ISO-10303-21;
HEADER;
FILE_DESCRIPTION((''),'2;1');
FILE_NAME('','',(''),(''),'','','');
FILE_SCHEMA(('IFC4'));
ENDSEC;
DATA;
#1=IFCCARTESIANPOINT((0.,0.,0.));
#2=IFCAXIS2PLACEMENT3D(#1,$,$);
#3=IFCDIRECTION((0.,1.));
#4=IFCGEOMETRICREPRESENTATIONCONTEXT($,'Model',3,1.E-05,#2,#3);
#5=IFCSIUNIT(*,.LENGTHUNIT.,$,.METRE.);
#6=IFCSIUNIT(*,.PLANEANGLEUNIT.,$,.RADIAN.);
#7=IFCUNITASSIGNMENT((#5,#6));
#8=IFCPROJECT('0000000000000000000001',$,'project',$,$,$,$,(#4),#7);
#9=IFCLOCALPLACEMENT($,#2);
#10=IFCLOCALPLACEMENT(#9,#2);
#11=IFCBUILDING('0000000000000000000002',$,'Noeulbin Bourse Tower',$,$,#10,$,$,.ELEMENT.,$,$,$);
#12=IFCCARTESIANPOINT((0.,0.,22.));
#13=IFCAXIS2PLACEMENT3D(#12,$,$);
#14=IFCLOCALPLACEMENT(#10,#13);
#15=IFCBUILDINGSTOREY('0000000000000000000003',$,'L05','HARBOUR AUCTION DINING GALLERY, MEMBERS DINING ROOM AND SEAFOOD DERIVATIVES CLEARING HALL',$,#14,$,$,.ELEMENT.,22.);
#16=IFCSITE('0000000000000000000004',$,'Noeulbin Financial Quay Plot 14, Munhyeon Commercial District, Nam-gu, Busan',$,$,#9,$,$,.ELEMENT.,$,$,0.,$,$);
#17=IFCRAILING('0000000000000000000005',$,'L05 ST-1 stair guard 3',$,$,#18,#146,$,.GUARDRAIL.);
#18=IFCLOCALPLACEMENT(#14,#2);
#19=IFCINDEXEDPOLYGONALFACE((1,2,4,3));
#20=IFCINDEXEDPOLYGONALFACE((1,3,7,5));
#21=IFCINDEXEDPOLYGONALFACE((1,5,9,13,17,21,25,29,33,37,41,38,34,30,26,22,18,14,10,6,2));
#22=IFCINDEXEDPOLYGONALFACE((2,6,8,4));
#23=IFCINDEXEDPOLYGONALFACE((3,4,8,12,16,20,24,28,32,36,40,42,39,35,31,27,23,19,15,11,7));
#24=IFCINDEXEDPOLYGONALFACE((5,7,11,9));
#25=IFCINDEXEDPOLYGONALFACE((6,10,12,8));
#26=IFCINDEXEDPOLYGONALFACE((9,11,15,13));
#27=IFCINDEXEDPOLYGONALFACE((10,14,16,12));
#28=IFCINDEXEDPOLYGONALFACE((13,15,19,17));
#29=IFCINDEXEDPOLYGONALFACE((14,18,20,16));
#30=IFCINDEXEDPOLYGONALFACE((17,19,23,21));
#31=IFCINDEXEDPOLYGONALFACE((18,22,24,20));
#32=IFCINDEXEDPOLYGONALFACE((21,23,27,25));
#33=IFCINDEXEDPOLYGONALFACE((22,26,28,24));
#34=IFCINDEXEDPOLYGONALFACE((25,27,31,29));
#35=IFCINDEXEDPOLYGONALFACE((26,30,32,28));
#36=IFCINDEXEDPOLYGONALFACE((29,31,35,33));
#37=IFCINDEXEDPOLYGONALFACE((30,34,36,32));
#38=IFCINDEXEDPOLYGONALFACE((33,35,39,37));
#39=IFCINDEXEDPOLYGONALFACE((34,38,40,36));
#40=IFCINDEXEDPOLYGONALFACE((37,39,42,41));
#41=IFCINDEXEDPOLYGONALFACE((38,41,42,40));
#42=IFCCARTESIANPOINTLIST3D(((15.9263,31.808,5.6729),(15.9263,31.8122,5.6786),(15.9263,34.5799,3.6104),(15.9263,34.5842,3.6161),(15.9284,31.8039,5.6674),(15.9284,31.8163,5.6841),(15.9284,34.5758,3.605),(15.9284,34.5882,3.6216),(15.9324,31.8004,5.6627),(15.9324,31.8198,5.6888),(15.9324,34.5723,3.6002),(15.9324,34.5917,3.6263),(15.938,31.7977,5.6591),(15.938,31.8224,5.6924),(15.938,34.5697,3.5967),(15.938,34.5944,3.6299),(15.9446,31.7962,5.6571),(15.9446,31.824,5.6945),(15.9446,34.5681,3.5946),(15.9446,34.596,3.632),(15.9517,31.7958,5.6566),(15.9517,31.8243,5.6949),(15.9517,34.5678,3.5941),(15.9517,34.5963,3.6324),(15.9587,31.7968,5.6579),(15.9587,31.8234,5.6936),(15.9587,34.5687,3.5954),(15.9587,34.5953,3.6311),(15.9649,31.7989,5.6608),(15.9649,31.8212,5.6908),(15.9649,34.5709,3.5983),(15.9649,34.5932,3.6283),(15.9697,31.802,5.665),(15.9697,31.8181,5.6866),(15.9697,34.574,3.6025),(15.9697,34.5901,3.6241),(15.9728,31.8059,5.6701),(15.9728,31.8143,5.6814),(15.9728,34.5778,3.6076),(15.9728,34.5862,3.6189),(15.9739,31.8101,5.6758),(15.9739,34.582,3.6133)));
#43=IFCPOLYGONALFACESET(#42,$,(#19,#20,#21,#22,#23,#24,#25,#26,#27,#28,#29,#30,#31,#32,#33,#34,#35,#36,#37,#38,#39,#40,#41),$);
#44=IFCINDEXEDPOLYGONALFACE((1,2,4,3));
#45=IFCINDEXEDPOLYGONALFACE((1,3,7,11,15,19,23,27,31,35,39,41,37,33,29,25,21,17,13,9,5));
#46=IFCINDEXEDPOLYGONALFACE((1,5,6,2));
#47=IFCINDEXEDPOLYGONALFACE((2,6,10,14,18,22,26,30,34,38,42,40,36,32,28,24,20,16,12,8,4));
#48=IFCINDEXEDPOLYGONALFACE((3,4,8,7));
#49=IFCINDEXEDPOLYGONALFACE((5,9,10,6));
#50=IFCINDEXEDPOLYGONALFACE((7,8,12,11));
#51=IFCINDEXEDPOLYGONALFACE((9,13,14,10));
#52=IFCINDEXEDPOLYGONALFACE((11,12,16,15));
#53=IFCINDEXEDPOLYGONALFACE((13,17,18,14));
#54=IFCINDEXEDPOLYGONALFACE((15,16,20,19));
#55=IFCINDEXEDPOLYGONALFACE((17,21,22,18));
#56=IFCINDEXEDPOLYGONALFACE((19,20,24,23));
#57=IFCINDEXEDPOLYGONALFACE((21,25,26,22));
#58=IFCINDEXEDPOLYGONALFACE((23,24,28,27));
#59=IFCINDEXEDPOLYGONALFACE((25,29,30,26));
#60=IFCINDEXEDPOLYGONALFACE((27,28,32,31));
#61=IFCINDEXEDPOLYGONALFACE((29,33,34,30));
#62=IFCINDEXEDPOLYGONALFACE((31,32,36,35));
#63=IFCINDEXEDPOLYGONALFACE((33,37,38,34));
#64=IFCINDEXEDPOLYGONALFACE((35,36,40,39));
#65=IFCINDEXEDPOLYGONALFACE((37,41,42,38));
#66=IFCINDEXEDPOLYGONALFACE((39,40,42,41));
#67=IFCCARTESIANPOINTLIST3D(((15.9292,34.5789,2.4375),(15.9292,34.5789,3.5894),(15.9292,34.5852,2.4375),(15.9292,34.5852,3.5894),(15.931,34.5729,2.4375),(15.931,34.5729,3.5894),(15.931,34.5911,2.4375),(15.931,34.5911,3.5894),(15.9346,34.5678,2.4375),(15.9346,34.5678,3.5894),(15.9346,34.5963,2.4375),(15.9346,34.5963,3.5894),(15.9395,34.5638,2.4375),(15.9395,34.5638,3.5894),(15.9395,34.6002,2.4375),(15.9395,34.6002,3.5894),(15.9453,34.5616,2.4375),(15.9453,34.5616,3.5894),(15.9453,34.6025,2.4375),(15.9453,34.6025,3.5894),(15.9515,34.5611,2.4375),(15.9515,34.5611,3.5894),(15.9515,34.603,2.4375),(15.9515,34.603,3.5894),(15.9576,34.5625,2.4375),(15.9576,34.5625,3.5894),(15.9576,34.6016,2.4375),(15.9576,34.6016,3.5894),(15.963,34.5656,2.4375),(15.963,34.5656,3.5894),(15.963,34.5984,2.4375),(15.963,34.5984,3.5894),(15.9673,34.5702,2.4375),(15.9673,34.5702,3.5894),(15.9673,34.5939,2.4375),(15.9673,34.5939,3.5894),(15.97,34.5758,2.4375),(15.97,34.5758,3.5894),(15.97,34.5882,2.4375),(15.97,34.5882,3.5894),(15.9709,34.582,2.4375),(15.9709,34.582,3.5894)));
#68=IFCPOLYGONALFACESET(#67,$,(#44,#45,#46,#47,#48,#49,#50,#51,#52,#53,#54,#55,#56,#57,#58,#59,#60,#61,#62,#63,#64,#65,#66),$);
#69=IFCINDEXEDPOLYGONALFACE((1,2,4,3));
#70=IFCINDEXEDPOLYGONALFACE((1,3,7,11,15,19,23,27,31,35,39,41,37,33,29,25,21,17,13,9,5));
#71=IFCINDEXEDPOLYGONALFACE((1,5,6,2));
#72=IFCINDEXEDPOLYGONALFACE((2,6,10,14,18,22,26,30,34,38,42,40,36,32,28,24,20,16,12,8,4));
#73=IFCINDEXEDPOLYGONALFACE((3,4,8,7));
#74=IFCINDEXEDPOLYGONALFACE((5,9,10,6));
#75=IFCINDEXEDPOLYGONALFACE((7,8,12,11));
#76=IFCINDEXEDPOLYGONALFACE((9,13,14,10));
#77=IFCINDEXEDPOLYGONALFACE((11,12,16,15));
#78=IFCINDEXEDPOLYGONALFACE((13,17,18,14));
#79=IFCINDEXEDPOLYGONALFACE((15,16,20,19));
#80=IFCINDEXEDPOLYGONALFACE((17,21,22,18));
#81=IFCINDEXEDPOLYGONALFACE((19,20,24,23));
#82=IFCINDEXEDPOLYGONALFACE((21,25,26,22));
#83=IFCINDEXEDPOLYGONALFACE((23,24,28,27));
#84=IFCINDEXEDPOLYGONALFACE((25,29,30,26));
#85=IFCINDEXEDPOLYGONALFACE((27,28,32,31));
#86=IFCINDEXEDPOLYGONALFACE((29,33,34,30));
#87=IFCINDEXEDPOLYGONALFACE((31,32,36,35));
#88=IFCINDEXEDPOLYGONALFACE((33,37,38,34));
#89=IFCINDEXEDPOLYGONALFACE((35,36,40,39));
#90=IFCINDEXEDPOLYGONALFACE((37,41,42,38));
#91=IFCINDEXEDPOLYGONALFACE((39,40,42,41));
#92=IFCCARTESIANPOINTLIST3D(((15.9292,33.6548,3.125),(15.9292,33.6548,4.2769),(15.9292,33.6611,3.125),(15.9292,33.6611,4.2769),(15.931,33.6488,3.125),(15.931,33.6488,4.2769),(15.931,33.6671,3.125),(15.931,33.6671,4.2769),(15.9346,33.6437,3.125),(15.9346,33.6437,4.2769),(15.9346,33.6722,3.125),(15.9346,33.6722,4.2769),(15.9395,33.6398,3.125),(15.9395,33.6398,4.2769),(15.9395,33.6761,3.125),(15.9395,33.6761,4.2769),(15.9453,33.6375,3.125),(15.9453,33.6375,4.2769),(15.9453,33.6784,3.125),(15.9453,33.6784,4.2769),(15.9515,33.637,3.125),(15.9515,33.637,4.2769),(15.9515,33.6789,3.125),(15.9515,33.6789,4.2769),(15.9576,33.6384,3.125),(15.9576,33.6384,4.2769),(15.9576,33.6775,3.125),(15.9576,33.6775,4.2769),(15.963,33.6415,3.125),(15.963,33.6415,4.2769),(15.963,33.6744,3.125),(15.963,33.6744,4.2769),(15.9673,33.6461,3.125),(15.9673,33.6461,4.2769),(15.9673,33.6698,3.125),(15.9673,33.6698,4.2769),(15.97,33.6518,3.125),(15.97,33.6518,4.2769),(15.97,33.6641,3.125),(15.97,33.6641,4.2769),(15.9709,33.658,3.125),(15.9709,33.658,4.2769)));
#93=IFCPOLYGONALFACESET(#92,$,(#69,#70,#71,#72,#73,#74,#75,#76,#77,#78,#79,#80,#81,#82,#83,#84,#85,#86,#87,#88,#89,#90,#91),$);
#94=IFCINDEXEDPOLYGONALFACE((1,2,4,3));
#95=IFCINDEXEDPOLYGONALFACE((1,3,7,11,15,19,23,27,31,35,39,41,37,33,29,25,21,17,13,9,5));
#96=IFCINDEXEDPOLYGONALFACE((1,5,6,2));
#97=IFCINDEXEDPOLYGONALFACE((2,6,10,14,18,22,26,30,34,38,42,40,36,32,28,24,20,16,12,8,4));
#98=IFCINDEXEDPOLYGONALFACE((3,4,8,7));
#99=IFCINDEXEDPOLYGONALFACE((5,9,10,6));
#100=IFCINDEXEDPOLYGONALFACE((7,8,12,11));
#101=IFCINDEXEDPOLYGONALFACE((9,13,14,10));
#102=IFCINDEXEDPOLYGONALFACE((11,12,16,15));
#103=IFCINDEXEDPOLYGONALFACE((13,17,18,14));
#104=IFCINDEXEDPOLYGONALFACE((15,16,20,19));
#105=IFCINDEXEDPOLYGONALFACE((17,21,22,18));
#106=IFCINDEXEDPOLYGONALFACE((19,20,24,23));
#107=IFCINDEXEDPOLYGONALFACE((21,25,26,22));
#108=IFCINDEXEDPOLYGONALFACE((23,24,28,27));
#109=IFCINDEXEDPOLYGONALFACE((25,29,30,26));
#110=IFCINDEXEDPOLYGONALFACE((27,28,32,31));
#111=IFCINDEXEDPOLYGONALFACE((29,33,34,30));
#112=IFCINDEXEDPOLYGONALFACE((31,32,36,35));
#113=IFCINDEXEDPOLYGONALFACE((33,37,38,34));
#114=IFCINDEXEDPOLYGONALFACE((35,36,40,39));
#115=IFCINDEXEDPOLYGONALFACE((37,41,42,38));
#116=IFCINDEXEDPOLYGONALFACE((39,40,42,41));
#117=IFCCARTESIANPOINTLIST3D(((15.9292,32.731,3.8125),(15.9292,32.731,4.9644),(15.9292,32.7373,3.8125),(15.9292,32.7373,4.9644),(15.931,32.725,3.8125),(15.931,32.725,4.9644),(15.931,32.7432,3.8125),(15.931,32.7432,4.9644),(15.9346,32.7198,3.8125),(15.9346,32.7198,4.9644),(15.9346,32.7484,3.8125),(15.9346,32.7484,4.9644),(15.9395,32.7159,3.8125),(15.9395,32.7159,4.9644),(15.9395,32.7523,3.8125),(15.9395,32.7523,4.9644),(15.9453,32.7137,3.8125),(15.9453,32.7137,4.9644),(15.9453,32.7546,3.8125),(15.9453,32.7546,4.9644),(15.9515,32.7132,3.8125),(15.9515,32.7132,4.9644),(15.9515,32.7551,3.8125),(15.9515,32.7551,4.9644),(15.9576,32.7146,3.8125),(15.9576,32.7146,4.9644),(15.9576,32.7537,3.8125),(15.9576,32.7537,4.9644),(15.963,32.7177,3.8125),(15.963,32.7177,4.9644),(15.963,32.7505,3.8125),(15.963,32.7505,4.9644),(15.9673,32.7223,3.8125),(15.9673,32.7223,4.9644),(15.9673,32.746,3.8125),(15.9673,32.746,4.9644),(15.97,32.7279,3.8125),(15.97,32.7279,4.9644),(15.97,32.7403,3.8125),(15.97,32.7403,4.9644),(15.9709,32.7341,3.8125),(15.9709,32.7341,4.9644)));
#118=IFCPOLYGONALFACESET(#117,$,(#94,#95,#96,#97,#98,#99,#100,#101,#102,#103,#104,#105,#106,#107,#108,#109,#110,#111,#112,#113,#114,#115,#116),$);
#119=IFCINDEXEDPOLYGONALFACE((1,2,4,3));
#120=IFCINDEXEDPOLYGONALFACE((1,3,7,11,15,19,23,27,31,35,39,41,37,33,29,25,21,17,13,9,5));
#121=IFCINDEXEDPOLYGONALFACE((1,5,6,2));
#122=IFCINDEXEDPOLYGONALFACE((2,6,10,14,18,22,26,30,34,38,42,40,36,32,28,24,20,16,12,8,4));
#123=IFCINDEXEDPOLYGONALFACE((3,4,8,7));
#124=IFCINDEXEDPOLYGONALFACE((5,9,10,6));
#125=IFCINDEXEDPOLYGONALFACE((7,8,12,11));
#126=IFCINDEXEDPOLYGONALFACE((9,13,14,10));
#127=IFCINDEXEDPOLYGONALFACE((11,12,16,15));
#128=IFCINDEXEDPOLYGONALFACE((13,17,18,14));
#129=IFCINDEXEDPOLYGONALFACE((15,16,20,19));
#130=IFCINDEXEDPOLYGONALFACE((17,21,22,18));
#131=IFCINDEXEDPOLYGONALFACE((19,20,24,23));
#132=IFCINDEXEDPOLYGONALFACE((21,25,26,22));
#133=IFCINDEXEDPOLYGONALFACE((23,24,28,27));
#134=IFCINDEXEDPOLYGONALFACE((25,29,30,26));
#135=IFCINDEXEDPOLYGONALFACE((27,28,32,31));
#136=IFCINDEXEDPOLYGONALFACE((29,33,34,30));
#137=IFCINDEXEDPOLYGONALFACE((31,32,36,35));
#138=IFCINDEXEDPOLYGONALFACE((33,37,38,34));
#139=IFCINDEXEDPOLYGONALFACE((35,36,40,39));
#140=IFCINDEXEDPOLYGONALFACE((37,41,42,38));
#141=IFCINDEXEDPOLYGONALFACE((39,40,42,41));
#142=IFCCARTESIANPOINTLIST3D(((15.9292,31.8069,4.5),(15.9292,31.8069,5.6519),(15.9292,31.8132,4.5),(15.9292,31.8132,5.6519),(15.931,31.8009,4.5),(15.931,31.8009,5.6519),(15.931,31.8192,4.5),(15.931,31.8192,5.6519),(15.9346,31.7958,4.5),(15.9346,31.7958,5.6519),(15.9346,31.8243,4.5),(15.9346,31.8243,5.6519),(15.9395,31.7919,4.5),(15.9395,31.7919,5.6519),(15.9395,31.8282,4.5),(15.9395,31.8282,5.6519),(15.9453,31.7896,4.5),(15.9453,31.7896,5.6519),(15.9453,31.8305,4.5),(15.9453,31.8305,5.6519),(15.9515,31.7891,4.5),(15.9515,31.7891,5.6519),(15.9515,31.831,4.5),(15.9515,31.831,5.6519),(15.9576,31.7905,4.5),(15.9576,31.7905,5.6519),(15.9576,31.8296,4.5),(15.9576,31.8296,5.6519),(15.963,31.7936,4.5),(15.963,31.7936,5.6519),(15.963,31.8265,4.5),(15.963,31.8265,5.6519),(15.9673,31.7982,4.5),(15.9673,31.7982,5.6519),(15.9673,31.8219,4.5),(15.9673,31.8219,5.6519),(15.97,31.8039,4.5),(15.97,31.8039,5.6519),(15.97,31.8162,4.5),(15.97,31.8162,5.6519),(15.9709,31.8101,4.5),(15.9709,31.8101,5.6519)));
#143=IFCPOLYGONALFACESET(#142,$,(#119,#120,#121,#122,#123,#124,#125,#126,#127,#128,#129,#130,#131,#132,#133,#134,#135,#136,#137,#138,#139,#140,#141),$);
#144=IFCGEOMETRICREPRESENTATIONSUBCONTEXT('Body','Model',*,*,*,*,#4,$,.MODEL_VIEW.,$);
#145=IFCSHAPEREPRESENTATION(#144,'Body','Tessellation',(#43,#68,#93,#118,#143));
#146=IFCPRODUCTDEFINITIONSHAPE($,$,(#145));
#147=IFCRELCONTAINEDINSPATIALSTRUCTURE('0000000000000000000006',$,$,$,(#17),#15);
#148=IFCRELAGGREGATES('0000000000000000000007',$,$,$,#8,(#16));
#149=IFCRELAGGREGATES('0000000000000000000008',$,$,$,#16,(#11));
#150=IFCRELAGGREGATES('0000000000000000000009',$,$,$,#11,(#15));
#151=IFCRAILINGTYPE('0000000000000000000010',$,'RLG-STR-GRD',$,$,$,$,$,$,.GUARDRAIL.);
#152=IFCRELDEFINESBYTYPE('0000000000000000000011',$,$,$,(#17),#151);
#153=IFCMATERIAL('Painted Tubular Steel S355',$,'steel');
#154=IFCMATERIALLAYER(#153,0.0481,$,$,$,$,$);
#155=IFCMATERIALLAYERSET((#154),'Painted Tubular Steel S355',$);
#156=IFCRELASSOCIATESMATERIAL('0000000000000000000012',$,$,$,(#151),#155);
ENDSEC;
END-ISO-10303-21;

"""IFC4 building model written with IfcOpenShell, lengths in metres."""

from ifc_helpers import new_model, si_unit, direction, frame, origin, origin_2d, place, context, subcontext, project, spatial, circle, extrude, material, layer, layer_set, type_object, element, save


model = new_model("IFC4")

# Units and contexts
model_context = context("Model", 3, precision=1e-05, world=origin(), true_north=direction((0.0, 1.0)))
body_context = subcontext(model_context, "Body", "Model", "MODEL_VIEW")
ifc_project = project(units=[si_unit("LENGTHUNIT", "METRE"), si_unit("PLANEANGLEUNIT", "RADIAN")], contexts=[model_context])

# Site, building, storey
site_placement = place(None, origin())
site = spatial("IfcSite", under=ifc_project, at=site_placement, Name="Noeulbin Financial Quay Plot 14, Munhyeon Commercial District, Nam-gu, Busan", CompositionType="ELEMENT", RefElevation=0.0)
building_placement = place(site_placement, origin())
building = spatial("IfcBuilding", under=site, at=building_placement, Name="Noeulbin Bourse Tower", CompositionType="ELEMENT")
storey_placement = place(building_placement, frame((0.0, 0.0, 22.0)))
storey = spatial("IfcBuildingStorey", under=building, at=storey_placement, Name="L05", Description="HARBOUR AUCTION DINING GALLERY, MEMBERS DINING ROOM AND SEAFOOD DERIVATIVES CLEARING HALL", CompositionType="ELEMENT", Elevation=22.0)

# Railing
ifc_material_1 = material(Name="Painted Tubular Steel S355", Category="steel")
ifc_layer_1 = layer(ifc_material_1, 0.0481)
ifc_layer_set_1 = layer_set([ifc_layer_1], Name="Painted Tubular Steel S355")
railing_type_1 = type_object("IfcRailingType", Name="RLG-STR-GRD", PredefinedType="GUARDRAIL", material=ifc_layer_set_1)
railing_1_placement = place(storey_placement, frame((15.95, 34.582, 2.4375)))
element("IfcRailing", 1, at=railing_1_placement, inside=storey, type_object=railing_type_1, Name="L05 ST-1 stair guard 3", PredefinedType="GUARDRAIL", context=body_context, shape_type="SweptSolid", body=[
    extrude(circle(Radius=0.0239, at=origin_2d()), frame((0.0, 0.0, 1.1758), z_axis=(0.0, -0.802284, 0.596943), x_axis=(1.0, 0.0, 0.0)), (0.0, 0.0, 1.0), 3.4551),
    extrude(circle(Radius=0.021, at=origin_2d()), origin(), (0.0, 0.0, 1.0), 1.1519),
    extrude(circle(Radius=0.021, at=origin_2d()), frame((0.0, -0.9241, 0.6875)), (0.0, 0.0, 1.0), 1.1519),
    extrude(circle(Radius=0.021, at=origin_2d()), frame((0.0, -1.8479, 1.375)), (0.0, 0.0, 1.0), 1.1519),
    extrude(circle(Radius=0.021, at=origin_2d()), frame((0.0, -2.772, 2.0625)), (0.0, 0.0, 1.0), 1.1519),
])

save(model, "model.ifc")
